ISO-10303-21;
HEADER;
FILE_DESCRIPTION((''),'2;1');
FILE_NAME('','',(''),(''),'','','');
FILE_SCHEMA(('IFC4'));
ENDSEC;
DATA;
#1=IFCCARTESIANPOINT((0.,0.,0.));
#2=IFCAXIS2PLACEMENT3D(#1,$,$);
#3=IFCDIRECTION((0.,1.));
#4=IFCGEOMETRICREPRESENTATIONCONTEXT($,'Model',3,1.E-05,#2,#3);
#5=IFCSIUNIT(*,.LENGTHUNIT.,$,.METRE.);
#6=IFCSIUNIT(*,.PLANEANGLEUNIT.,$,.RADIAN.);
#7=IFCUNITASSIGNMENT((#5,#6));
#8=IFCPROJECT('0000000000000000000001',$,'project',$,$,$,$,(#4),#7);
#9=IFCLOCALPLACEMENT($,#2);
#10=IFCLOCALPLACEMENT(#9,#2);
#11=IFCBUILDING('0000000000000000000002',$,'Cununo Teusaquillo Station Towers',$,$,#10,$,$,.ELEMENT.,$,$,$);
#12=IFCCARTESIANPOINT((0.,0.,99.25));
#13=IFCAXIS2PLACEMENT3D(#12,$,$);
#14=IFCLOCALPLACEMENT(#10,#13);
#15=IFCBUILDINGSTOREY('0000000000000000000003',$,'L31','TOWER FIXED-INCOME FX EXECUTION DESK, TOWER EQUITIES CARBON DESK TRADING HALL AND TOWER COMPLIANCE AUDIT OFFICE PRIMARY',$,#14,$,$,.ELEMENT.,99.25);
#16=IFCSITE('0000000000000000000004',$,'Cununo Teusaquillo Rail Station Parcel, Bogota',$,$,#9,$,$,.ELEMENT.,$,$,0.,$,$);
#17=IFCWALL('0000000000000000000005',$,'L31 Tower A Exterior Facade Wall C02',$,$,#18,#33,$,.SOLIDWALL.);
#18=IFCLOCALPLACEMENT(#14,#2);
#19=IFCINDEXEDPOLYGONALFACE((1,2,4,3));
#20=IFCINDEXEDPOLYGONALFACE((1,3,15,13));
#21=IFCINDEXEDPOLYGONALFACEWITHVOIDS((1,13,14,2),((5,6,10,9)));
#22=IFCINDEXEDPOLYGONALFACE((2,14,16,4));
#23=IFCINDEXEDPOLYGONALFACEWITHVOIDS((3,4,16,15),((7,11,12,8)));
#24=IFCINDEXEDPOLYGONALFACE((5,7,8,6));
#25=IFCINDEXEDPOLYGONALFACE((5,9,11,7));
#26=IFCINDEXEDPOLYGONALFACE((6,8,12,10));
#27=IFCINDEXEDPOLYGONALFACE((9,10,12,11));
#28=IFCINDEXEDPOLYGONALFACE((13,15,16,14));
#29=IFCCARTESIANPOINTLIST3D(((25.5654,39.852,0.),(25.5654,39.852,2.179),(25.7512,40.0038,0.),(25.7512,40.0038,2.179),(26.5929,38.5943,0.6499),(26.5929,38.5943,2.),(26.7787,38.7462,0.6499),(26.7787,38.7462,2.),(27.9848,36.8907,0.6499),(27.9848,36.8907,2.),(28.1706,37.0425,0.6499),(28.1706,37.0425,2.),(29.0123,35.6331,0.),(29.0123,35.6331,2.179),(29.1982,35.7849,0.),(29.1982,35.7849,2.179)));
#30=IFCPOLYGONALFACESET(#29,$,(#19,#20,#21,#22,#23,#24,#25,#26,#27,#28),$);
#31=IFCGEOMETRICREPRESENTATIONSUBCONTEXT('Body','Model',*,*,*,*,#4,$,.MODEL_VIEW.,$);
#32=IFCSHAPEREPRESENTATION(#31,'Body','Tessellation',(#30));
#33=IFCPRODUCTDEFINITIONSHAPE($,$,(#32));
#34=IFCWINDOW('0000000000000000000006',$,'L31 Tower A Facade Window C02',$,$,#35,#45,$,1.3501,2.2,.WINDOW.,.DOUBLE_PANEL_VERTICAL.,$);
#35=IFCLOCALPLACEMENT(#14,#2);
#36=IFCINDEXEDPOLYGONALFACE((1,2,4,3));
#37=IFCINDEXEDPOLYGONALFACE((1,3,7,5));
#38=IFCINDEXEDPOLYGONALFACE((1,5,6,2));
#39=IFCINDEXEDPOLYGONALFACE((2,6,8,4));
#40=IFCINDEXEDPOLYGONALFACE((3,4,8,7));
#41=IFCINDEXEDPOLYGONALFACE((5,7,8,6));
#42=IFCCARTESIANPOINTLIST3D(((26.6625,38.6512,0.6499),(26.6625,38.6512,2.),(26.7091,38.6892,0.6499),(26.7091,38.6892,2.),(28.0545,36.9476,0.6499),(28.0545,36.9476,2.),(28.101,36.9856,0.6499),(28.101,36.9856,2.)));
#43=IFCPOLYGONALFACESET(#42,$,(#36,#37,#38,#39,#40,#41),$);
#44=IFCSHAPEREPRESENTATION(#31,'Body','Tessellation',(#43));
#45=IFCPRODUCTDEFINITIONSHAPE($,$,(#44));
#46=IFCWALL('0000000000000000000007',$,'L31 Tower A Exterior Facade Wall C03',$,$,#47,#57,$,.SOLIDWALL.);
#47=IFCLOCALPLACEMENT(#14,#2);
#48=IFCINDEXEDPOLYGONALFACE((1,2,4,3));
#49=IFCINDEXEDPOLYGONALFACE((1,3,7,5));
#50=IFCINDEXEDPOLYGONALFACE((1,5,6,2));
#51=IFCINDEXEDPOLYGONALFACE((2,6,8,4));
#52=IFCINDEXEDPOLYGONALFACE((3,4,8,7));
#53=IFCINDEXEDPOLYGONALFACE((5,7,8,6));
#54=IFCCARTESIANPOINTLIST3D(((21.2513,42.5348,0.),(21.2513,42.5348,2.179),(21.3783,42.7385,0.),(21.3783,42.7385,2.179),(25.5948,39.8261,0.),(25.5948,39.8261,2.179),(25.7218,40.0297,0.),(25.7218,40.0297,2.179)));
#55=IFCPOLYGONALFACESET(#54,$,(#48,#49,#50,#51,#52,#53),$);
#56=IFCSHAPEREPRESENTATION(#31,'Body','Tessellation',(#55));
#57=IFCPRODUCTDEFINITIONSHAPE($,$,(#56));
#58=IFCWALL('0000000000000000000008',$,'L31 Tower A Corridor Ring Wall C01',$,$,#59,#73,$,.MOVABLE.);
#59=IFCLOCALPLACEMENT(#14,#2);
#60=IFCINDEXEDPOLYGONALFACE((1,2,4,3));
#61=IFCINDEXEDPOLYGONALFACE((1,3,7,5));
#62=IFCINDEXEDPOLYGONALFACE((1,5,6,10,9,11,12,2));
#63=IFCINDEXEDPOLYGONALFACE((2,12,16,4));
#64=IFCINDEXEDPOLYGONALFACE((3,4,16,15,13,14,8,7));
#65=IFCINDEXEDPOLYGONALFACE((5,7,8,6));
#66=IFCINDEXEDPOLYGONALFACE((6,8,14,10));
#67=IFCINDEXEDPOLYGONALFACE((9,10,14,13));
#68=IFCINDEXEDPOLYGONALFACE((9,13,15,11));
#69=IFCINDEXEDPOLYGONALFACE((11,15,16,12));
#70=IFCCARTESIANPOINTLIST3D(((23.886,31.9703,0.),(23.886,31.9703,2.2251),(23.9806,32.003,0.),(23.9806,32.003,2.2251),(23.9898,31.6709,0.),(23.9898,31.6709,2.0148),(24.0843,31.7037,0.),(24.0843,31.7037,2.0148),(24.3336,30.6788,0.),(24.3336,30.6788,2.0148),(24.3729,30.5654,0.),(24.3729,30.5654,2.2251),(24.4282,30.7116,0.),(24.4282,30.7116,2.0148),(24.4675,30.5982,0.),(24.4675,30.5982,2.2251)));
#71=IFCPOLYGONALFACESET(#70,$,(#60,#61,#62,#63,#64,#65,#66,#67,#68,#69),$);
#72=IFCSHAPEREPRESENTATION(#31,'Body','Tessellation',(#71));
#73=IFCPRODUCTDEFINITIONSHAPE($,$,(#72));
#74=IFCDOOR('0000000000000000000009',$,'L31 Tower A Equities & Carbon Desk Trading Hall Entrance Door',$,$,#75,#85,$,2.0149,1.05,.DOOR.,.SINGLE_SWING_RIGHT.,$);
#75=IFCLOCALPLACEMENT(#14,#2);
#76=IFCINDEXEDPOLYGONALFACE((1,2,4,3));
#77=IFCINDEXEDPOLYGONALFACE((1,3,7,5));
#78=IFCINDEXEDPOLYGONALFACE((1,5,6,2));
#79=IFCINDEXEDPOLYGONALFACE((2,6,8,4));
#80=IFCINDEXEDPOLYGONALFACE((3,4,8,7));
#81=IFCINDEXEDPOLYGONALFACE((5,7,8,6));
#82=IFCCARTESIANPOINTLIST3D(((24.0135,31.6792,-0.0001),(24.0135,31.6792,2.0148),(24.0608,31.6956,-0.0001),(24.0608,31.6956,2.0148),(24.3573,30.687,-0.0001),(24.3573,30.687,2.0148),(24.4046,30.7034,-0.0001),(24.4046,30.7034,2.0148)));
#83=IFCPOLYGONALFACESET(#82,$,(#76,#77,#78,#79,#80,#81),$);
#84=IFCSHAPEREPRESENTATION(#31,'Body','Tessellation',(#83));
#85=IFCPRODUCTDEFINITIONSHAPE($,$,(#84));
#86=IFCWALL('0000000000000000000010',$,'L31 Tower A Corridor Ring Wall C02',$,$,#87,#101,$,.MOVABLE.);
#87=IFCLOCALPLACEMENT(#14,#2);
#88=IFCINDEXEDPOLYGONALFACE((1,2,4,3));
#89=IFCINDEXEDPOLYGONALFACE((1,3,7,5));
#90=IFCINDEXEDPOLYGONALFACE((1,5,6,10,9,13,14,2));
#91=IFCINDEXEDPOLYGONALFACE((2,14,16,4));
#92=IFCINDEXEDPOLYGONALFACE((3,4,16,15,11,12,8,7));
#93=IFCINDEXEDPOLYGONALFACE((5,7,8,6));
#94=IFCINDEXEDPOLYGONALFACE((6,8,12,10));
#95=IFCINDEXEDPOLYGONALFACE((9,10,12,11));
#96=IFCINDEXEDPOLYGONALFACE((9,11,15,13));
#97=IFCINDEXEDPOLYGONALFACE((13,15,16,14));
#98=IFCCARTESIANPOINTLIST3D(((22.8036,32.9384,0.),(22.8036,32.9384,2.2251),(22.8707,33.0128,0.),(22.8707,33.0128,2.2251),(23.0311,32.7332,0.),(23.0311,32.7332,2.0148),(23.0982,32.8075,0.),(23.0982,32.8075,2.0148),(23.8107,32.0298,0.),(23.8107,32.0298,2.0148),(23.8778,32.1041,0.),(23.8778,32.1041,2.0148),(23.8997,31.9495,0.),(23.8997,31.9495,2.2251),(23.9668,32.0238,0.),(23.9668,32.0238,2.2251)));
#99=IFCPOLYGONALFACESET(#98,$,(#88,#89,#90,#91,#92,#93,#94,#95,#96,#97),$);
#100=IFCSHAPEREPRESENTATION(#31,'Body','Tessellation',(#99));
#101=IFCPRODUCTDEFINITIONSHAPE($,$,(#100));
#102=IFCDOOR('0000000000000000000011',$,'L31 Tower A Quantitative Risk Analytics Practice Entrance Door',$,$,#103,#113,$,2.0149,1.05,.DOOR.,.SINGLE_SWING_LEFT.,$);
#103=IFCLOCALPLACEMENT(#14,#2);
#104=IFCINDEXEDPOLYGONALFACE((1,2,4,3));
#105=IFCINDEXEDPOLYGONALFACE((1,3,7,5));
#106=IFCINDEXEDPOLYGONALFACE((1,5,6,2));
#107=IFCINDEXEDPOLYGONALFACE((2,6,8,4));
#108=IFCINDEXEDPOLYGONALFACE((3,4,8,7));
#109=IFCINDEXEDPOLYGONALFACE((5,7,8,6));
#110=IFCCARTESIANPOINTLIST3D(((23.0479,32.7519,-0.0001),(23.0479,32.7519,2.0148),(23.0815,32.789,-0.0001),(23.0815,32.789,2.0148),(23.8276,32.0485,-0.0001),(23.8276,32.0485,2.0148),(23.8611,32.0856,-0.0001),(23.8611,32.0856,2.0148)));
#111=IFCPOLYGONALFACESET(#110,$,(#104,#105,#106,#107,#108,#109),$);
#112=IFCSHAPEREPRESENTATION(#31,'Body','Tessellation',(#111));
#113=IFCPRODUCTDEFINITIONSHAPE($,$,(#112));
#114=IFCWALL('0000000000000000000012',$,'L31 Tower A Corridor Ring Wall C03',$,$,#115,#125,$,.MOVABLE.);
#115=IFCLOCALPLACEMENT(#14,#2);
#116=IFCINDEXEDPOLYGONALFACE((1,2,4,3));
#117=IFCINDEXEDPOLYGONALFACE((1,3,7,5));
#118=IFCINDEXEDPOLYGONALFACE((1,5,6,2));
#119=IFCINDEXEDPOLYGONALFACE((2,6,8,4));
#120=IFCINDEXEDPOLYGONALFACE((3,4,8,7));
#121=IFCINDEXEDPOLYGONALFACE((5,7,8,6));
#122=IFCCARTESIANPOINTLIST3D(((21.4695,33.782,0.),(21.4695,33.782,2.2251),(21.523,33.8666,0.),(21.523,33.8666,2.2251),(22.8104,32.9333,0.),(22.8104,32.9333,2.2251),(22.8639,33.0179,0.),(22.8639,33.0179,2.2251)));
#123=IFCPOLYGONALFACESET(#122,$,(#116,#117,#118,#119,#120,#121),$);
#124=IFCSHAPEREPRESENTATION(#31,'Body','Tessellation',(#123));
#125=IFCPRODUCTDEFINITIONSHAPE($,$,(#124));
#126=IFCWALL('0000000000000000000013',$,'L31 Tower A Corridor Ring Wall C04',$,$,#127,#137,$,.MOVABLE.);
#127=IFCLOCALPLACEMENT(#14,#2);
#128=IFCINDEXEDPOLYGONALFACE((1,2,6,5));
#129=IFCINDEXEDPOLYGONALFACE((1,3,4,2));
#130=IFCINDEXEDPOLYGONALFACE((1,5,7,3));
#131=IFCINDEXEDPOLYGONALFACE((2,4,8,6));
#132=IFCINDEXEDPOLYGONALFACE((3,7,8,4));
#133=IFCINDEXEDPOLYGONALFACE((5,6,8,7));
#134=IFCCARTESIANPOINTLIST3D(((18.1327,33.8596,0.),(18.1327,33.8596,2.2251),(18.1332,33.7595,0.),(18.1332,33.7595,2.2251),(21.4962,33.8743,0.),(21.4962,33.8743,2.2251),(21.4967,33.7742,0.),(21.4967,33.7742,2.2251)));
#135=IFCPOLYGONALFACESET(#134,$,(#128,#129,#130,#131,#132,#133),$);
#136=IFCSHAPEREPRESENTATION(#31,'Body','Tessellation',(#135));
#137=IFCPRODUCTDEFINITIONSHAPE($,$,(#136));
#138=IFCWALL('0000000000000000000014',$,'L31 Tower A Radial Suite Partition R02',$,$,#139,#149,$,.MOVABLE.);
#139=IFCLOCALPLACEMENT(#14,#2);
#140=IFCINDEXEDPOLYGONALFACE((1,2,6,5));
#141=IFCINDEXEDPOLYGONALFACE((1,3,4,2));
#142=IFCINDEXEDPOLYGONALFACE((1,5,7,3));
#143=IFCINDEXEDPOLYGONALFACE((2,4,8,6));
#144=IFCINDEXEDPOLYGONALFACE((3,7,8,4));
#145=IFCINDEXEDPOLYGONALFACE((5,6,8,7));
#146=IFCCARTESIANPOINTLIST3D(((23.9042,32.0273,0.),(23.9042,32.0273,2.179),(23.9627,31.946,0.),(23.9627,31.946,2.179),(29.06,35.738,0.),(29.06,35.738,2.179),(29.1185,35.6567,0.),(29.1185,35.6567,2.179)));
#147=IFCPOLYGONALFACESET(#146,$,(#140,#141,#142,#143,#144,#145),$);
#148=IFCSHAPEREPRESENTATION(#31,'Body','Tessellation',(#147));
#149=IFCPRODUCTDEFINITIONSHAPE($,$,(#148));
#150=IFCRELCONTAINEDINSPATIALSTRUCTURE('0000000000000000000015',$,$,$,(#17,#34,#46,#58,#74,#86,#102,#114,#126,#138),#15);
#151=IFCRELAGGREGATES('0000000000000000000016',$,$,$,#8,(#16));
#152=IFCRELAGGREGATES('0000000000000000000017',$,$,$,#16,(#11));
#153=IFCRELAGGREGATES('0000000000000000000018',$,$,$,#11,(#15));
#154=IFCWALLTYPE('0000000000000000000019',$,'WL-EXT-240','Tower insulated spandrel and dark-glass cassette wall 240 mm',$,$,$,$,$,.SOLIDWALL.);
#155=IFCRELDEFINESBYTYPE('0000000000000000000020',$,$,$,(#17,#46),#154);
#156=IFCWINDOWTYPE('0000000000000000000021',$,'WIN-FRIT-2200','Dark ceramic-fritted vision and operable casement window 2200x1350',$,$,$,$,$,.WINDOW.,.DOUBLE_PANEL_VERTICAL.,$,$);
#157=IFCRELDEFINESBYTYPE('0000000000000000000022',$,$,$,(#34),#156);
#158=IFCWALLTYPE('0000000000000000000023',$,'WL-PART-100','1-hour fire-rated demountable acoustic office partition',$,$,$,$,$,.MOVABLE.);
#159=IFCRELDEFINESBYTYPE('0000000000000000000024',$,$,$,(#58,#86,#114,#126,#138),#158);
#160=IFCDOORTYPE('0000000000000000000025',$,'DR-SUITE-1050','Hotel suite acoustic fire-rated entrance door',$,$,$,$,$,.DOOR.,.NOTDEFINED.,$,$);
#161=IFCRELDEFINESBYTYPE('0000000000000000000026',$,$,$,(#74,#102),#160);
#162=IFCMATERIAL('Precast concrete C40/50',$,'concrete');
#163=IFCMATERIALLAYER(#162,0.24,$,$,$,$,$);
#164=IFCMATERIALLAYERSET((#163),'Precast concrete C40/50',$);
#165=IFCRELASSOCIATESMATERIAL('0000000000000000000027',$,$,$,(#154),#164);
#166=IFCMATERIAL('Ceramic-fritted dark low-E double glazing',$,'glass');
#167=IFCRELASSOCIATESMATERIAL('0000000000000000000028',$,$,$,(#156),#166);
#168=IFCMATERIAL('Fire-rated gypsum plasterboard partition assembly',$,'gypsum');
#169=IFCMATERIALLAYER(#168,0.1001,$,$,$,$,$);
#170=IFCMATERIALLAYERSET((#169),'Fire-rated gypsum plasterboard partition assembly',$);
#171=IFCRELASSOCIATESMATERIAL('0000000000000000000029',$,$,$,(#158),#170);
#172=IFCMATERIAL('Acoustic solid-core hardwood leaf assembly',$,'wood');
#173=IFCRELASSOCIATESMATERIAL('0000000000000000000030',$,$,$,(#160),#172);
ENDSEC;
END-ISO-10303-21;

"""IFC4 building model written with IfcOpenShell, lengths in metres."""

from ifc_helpers import new_model, si_unit, direction, frame, frame_2d, origin, place, context, subcontext, project, spatial, rectangle, extrude, source, transform, mapped, material, layer, layer_set, type_object, element, fill, save


model = new_model("IFC4")

# Units and contexts
model_context = context("Model", 3, precision=1e-05, world=origin(), true_north=direction((0.0, 1.0)))
body_context = subcontext(model_context, "Body", "Model", "MODEL_VIEW")
ifc_project = project(units=[si_unit("LENGTHUNIT", "METRE"), si_unit("PLANEANGLEUNIT", "RADIAN")], contexts=[model_context])

# Site, building, storey
site_placement = place(None, origin())
site = spatial("IfcSite", under=ifc_project, at=site_placement, Name="Cununo Teusaquillo Rail Station Parcel, Bogota", CompositionType="ELEMENT", RefElevation=0.0)
building_placement = place(site_placement, origin())
building = spatial("IfcBuilding", under=site, at=building_placement, Name="Cununo Teusaquillo Station Towers", CompositionType="ELEMENT")
storey_placement = place(building_placement, frame((0.0, 0.0, 99.25)))
storey = spatial("IfcBuildingStorey", under=building, at=storey_placement, Name="L31", Description="TOWER FIXED-INCOME FX EXECUTION DESK, TOWER EQUITIES CARBON DESK TRADING HALL AND TOWER COMPLIANCE AUDIT OFFICE PRIMARY", CompositionType="ELEMENT", Elevation=99.25)

# Shared definitions
ifc_material_1 = material(Name="Precast concrete C40/50", Category="concrete")
ifc_layer_1 = layer(ifc_material_1, 0.24)
ifc_layer_set_1 = layer_set([ifc_layer_1], Name="Precast concrete C40/50")
wall_type_1 = type_object("IfcWallType", Name="WL-EXT-240", Description="Tower insulated spandrel and dark-glass cassette wall 240 mm", PredefinedType="SOLIDWALL", material=ifc_layer_set_1)

# Wall, opening, window
wall_1_placement = place(storey_placement, frame((25.6582, 39.928, 0.0), z_axis=(0.0, 0.0, 1.0), x_axis=(0.632701, -0.774396, 0.0)))
wall_1 = element("IfcWall", 1, at=wall_1_placement, inside=storey, type_object=wall_type_1, Name="L31 Tower A Exterior Facade Wall C02", PredefinedType="SOLIDWALL", context=body_context, shape_type="SweptSolid", body=[
    extrude(rectangle(XDim=5.448, YDim=0.24, at=frame_2d((2.7241, 0.0))), origin(), (0.0, 0.0, 1.0), 2.179),
])
shared_shape_1 = source(origin(), body_context, "Body", "SweptSolid", [
    extrude(rectangle(XDim=2.2, YDim=1.3501, at=frame_2d((1.1001, 0.675))), frame((0.0, 0.1299, 0.0), z_axis=(0.0, -1.0, 0.0), x_axis=(1.0, 0.0, 0.0)), (0.0, 0.0, 1.0), 0.26),
])
opening_1_placement = place(wall_1_placement, frame((1.624, 0.0, 0.6499)))
opening_1 = element("IfcOpeningElement", 2, at=opening_1_placement, cuts=wall_1, PredefinedType="OPENING", context=body_context, shape_type="MappedRepresentation", body=[
    mapped(shared_shape_1, transform((0.0, 0.0, 0.0), x_axis=(1.0, 0.0, 0.0), y_axis=(0.0, 1.0, 0.0), z_axis=(0.0, 0.0, 1.0), scale=1.0)),
])
ifc_material_2 = material(Name="Ceramic-fritted dark low-E double glazing", Category="glass")
window_type = type_object("IfcWindowType", Name="WIN-FRIT-2200", Description="Dark ceramic-fritted vision and operable casement window 2200x1350", PartitioningType="DOUBLE_PANEL_VERTICAL", PredefinedType="WINDOW", material=ifc_material_2)
shared_shape_2 = source(origin(), body_context, "Body", "SweptSolid", [
    extrude(rectangle(XDim=2.2, YDim=1.3501, at=frame_2d((1.1001, 0.675))), frame((0.0, 0.03, 0.0), z_axis=(0.0, -1.0, 0.0), x_axis=(1.0, 0.0, 0.0)), (0.0, 0.0, 1.0), 0.0601),
])
window_placement = place(opening_1_placement, origin())
window = element("IfcWindow", 3, at=window_placement, inside=storey, type_object=window_type, Name="L31 Tower A Facade Window C02", OverallHeight=1.3501, OverallWidth=2.2, PartitioningType="DOUBLE_PANEL_VERTICAL", PredefinedType="WINDOW", context=body_context, shape_type="MappedRepresentation", body=[
    mapped(shared_shape_2, transform((0.0, 0.0, 0.0), x_axis=(1.0, 0.0, 0.0), y_axis=(0.0, 1.0, 0.0), z_axis=(0.0, 0.0, 1.0), scale=1.0)),
])
fill(opening_1, window)

# Wall
wall_2_placement = place(storey_placement, frame((21.3147, 42.6367, 0.0), z_axis=(0.0, 0.0, 1.0), x_axis=(0.84852, -0.529163, 0.0)))
element("IfcWall", 4, at=wall_2_placement, inside=storey, type_object=wall_type_1, Name="L31 Tower A Exterior Facade Wall C03", PredefinedType="SOLIDWALL", context=body_context, shape_type="SweptSolid", body=[
    extrude(rectangle(XDim=5.1189, YDim=0.24, at=frame_2d((2.5596, 0.0))), origin(), (0.0, 0.0, 1.0), 2.179),
])

# Walls, openings, doors
ifc_material_3 = material(Name="Fire-rated gypsum plasterboard partition assembly", Category="gypsum")
ifc_layer_2 = layer(ifc_material_3, 0.1001)
ifc_layer_set_2 = layer_set([ifc_layer_2], Name="Fire-rated gypsum plasterboard partition assembly")
wall_type_2 = type_object("IfcWallType", Name="WL-PART-100", Description="1-hour fire-rated demountable acoustic office partition", PredefinedType="MOVABLE", material=ifc_layer_set_2)
wall_3_placement = place(storey_placement, frame((24.4202, 30.5818, 0.0), z_axis=(0.0, 0.0, 1.0), x_axis=(-0.327438, 0.944873, 0.0)))
wall_3 = element("IfcWall", 5, at=wall_3_placement, inside=storey, type_object=wall_type_2, Name="L31 Tower A Corridor Ring Wall C01", PredefinedType="MOVABLE", context=body_context, shape_type="SweptSolid", body=[
    extrude(rectangle(XDim=1.4868, YDim=0.1001, at=frame_2d((0.7434, 0.0))), origin(), (0.0, 0.0, 1.0), 2.2251),
])
shared_shape_3 = source(origin(), body_context, "Body", "SweptSolid", [
    extrude(rectangle(XDim=1.05, YDim=2.0149, at=frame_2d((0.5249, 1.0073))), frame((0.0, 0.0601, 0.0), z_axis=(0.0, -1.0, 0.0), x_axis=(1.0, 0.0, 0.0)), (0.0, 0.0, 1.0), 0.1201),
])
opening_2_placement = place(wall_3_placement, frame((0.1201, 0.0, 0.0)))
opening_2 = element("IfcOpeningElement", 6, at=opening_2_placement, cuts=wall_3, PredefinedType="OPENING", context=body_context, shape_type="MappedRepresentation", body=[
    mapped(shared_shape_3, transform((0.0, 0.0, 0.0), x_axis=(1.0, 0.0, 0.0), y_axis=(0.0, 1.0, 0.0), z_axis=(0.0, 0.0, 1.0), scale=1.0)),
])
ifc_material_4 = material(Name="Acoustic solid-core hardwood leaf assembly", Category="wood")
door_type = type_object("IfcDoorType", Name="DR-SUITE-1050", Description="Hotel suite acoustic fire-rated entrance door", OperationType="NOTDEFINED", PredefinedType="DOOR", material=ifc_material_4)
shared_shape_4 = source(origin(), body_context, "Body", "SweptSolid", [
    extrude(rectangle(XDim=1.05, YDim=2.0149, at=frame_2d((0.5249, 1.0073))), frame((0.0, 0.0249, 0.0), z_axis=(0.0, -1.0, 0.0), x_axis=(1.0, 0.0, 0.0)), (0.0, 0.0, 1.0), 0.05),
])
door_1_placement = place(opening_2_placement, origin())
door_1 = element("IfcDoor", 7, at=door_1_placement, inside=storey, type_object=door_type, Name="L31 Tower A Equities & Carbon Desk Trading Hall Entrance Door", OperationType="SINGLE_SWING_RIGHT", OverallHeight=2.0149, OverallWidth=1.05, PredefinedType="DOOR", context=body_context, shape_type="MappedRepresentation", body=[
    mapped(shared_shape_4, transform((0.0, 0.0, 0.0), x_axis=(1.0, 0.0, 0.0), y_axis=(0.0, 1.0, 0.0), z_axis=(0.0, 0.0, 1.0), scale=1.0)),
])
fill(opening_2, door_1)
wall_4_placement = place(storey_placement, frame((23.9333, 31.9866, 0.0), z_axis=(0.0, 0.0, 1.0), x_axis=(-0.742471, 0.669878, 0.0)))
wall_4 = element("IfcWall", 8, at=wall_4_placement, inside=storey, type_object=wall_type_2, Name="L31 Tower A Corridor Ring Wall C02", PredefinedType="MOVABLE", context=body_context, shape_type="SweptSolid", body=[
    extrude(rectangle(XDim=1.4763, YDim=0.1001, at=frame_2d((0.7383, 0.0))), origin(), (0.0, 0.0, 1.0), 2.2251),
])
opening_3_placement = place(wall_4_placement, frame((0.1201, 0.0, 0.0)))
opening_3 = element("IfcOpeningElement", 9, at=opening_3_placement, cuts=wall_4, PredefinedType="OPENING", context=body_context, shape_type="MappedRepresentation", body=[
    mapped(shared_shape_3, transform((0.0, 0.0, 0.0), x_axis=(1.0, 0.0, 0.0), y_axis=(0.0, 1.0, 0.0), z_axis=(0.0, 0.0, 1.0), scale=1.0)),
])
door_2_placement = place(opening_3_placement, origin())
door_2 = element("IfcDoor", 10, at=door_2_placement, inside=storey, type_object=door_type, Name="L31 Tower A Quantitative Risk Analytics Practice Entrance Door", OperationType="SINGLE_SWING_LEFT", OverallHeight=2.0149, OverallWidth=1.05, PredefinedType="DOOR", context=body_context, shape_type="MappedRepresentation", body=[
    mapped(shared_shape_4, transform((0.0, 0.0, 0.0), x_axis=(1.0, 0.0, 0.0), y_axis=(0.0, 1.0, 0.0), z_axis=(0.0, 0.0, 1.0), scale=1.0)),
])
fill(opening_3, door_2)

# Walls
wall_5_placement = place(storey_placement, frame((22.8372, 32.9756, 0.0), z_axis=(0.0, 0.0, 1.0), x_axis=(-0.844977, 0.534803, 0.0)))
element("IfcWall", 11, at=wall_5_placement, inside=storey, type_object=wall_type_2, Name="L31 Tower A Corridor Ring Wall C03", PredefinedType="MOVABLE", context=body_context, shape_type="SweptSolid", body=[
    extrude(rectangle(XDim=1.5869, YDim=0.1001, at=frame_2d((0.7935, 0.0))), origin(), (0.0, 0.0, 1.0), 2.2251),
])
wall_6_placement = place(storey_placement, frame((21.4963, 33.8242, 0.0), z_axis=(0.0, 0.0, 1.0), x_axis=(-0.999991, -0.004355, 0.0)))
element("IfcWall", 12, at=wall_6_placement, inside=storey, type_object=wall_type_2, Name="L31 Tower A Corridor Ring Wall C04", PredefinedType="MOVABLE", context=body_context, shape_type="SweptSolid", body=[
    extrude(rectangle(XDim=3.3635, YDim=0.1001, at=frame_2d((1.6816, 0.0))), origin(), (0.0, 0.0, 1.0), 2.2251),
])
wall_7_placement = place(storey_placement, frame((23.9333, 31.9866, 0.0), z_axis=(0.0, 0.0, 1.0), x_axis=(0.811643, 0.584154, 0.0)))
element("IfcWall", 13, at=wall_7_placement, inside=storey, type_object=wall_type_2, Name="L31 Tower A Radial Suite Partition R02", PredefinedType="MOVABLE", context=body_context, shape_type="SweptSolid", body=[
    extrude(rectangle(XDim=6.3523, YDim=0.1001, at=frame_2d((3.1763, 0.0))), origin(), (0.0, 0.0, 1.0), 2.179),
])

save(model, "model.ifc")
